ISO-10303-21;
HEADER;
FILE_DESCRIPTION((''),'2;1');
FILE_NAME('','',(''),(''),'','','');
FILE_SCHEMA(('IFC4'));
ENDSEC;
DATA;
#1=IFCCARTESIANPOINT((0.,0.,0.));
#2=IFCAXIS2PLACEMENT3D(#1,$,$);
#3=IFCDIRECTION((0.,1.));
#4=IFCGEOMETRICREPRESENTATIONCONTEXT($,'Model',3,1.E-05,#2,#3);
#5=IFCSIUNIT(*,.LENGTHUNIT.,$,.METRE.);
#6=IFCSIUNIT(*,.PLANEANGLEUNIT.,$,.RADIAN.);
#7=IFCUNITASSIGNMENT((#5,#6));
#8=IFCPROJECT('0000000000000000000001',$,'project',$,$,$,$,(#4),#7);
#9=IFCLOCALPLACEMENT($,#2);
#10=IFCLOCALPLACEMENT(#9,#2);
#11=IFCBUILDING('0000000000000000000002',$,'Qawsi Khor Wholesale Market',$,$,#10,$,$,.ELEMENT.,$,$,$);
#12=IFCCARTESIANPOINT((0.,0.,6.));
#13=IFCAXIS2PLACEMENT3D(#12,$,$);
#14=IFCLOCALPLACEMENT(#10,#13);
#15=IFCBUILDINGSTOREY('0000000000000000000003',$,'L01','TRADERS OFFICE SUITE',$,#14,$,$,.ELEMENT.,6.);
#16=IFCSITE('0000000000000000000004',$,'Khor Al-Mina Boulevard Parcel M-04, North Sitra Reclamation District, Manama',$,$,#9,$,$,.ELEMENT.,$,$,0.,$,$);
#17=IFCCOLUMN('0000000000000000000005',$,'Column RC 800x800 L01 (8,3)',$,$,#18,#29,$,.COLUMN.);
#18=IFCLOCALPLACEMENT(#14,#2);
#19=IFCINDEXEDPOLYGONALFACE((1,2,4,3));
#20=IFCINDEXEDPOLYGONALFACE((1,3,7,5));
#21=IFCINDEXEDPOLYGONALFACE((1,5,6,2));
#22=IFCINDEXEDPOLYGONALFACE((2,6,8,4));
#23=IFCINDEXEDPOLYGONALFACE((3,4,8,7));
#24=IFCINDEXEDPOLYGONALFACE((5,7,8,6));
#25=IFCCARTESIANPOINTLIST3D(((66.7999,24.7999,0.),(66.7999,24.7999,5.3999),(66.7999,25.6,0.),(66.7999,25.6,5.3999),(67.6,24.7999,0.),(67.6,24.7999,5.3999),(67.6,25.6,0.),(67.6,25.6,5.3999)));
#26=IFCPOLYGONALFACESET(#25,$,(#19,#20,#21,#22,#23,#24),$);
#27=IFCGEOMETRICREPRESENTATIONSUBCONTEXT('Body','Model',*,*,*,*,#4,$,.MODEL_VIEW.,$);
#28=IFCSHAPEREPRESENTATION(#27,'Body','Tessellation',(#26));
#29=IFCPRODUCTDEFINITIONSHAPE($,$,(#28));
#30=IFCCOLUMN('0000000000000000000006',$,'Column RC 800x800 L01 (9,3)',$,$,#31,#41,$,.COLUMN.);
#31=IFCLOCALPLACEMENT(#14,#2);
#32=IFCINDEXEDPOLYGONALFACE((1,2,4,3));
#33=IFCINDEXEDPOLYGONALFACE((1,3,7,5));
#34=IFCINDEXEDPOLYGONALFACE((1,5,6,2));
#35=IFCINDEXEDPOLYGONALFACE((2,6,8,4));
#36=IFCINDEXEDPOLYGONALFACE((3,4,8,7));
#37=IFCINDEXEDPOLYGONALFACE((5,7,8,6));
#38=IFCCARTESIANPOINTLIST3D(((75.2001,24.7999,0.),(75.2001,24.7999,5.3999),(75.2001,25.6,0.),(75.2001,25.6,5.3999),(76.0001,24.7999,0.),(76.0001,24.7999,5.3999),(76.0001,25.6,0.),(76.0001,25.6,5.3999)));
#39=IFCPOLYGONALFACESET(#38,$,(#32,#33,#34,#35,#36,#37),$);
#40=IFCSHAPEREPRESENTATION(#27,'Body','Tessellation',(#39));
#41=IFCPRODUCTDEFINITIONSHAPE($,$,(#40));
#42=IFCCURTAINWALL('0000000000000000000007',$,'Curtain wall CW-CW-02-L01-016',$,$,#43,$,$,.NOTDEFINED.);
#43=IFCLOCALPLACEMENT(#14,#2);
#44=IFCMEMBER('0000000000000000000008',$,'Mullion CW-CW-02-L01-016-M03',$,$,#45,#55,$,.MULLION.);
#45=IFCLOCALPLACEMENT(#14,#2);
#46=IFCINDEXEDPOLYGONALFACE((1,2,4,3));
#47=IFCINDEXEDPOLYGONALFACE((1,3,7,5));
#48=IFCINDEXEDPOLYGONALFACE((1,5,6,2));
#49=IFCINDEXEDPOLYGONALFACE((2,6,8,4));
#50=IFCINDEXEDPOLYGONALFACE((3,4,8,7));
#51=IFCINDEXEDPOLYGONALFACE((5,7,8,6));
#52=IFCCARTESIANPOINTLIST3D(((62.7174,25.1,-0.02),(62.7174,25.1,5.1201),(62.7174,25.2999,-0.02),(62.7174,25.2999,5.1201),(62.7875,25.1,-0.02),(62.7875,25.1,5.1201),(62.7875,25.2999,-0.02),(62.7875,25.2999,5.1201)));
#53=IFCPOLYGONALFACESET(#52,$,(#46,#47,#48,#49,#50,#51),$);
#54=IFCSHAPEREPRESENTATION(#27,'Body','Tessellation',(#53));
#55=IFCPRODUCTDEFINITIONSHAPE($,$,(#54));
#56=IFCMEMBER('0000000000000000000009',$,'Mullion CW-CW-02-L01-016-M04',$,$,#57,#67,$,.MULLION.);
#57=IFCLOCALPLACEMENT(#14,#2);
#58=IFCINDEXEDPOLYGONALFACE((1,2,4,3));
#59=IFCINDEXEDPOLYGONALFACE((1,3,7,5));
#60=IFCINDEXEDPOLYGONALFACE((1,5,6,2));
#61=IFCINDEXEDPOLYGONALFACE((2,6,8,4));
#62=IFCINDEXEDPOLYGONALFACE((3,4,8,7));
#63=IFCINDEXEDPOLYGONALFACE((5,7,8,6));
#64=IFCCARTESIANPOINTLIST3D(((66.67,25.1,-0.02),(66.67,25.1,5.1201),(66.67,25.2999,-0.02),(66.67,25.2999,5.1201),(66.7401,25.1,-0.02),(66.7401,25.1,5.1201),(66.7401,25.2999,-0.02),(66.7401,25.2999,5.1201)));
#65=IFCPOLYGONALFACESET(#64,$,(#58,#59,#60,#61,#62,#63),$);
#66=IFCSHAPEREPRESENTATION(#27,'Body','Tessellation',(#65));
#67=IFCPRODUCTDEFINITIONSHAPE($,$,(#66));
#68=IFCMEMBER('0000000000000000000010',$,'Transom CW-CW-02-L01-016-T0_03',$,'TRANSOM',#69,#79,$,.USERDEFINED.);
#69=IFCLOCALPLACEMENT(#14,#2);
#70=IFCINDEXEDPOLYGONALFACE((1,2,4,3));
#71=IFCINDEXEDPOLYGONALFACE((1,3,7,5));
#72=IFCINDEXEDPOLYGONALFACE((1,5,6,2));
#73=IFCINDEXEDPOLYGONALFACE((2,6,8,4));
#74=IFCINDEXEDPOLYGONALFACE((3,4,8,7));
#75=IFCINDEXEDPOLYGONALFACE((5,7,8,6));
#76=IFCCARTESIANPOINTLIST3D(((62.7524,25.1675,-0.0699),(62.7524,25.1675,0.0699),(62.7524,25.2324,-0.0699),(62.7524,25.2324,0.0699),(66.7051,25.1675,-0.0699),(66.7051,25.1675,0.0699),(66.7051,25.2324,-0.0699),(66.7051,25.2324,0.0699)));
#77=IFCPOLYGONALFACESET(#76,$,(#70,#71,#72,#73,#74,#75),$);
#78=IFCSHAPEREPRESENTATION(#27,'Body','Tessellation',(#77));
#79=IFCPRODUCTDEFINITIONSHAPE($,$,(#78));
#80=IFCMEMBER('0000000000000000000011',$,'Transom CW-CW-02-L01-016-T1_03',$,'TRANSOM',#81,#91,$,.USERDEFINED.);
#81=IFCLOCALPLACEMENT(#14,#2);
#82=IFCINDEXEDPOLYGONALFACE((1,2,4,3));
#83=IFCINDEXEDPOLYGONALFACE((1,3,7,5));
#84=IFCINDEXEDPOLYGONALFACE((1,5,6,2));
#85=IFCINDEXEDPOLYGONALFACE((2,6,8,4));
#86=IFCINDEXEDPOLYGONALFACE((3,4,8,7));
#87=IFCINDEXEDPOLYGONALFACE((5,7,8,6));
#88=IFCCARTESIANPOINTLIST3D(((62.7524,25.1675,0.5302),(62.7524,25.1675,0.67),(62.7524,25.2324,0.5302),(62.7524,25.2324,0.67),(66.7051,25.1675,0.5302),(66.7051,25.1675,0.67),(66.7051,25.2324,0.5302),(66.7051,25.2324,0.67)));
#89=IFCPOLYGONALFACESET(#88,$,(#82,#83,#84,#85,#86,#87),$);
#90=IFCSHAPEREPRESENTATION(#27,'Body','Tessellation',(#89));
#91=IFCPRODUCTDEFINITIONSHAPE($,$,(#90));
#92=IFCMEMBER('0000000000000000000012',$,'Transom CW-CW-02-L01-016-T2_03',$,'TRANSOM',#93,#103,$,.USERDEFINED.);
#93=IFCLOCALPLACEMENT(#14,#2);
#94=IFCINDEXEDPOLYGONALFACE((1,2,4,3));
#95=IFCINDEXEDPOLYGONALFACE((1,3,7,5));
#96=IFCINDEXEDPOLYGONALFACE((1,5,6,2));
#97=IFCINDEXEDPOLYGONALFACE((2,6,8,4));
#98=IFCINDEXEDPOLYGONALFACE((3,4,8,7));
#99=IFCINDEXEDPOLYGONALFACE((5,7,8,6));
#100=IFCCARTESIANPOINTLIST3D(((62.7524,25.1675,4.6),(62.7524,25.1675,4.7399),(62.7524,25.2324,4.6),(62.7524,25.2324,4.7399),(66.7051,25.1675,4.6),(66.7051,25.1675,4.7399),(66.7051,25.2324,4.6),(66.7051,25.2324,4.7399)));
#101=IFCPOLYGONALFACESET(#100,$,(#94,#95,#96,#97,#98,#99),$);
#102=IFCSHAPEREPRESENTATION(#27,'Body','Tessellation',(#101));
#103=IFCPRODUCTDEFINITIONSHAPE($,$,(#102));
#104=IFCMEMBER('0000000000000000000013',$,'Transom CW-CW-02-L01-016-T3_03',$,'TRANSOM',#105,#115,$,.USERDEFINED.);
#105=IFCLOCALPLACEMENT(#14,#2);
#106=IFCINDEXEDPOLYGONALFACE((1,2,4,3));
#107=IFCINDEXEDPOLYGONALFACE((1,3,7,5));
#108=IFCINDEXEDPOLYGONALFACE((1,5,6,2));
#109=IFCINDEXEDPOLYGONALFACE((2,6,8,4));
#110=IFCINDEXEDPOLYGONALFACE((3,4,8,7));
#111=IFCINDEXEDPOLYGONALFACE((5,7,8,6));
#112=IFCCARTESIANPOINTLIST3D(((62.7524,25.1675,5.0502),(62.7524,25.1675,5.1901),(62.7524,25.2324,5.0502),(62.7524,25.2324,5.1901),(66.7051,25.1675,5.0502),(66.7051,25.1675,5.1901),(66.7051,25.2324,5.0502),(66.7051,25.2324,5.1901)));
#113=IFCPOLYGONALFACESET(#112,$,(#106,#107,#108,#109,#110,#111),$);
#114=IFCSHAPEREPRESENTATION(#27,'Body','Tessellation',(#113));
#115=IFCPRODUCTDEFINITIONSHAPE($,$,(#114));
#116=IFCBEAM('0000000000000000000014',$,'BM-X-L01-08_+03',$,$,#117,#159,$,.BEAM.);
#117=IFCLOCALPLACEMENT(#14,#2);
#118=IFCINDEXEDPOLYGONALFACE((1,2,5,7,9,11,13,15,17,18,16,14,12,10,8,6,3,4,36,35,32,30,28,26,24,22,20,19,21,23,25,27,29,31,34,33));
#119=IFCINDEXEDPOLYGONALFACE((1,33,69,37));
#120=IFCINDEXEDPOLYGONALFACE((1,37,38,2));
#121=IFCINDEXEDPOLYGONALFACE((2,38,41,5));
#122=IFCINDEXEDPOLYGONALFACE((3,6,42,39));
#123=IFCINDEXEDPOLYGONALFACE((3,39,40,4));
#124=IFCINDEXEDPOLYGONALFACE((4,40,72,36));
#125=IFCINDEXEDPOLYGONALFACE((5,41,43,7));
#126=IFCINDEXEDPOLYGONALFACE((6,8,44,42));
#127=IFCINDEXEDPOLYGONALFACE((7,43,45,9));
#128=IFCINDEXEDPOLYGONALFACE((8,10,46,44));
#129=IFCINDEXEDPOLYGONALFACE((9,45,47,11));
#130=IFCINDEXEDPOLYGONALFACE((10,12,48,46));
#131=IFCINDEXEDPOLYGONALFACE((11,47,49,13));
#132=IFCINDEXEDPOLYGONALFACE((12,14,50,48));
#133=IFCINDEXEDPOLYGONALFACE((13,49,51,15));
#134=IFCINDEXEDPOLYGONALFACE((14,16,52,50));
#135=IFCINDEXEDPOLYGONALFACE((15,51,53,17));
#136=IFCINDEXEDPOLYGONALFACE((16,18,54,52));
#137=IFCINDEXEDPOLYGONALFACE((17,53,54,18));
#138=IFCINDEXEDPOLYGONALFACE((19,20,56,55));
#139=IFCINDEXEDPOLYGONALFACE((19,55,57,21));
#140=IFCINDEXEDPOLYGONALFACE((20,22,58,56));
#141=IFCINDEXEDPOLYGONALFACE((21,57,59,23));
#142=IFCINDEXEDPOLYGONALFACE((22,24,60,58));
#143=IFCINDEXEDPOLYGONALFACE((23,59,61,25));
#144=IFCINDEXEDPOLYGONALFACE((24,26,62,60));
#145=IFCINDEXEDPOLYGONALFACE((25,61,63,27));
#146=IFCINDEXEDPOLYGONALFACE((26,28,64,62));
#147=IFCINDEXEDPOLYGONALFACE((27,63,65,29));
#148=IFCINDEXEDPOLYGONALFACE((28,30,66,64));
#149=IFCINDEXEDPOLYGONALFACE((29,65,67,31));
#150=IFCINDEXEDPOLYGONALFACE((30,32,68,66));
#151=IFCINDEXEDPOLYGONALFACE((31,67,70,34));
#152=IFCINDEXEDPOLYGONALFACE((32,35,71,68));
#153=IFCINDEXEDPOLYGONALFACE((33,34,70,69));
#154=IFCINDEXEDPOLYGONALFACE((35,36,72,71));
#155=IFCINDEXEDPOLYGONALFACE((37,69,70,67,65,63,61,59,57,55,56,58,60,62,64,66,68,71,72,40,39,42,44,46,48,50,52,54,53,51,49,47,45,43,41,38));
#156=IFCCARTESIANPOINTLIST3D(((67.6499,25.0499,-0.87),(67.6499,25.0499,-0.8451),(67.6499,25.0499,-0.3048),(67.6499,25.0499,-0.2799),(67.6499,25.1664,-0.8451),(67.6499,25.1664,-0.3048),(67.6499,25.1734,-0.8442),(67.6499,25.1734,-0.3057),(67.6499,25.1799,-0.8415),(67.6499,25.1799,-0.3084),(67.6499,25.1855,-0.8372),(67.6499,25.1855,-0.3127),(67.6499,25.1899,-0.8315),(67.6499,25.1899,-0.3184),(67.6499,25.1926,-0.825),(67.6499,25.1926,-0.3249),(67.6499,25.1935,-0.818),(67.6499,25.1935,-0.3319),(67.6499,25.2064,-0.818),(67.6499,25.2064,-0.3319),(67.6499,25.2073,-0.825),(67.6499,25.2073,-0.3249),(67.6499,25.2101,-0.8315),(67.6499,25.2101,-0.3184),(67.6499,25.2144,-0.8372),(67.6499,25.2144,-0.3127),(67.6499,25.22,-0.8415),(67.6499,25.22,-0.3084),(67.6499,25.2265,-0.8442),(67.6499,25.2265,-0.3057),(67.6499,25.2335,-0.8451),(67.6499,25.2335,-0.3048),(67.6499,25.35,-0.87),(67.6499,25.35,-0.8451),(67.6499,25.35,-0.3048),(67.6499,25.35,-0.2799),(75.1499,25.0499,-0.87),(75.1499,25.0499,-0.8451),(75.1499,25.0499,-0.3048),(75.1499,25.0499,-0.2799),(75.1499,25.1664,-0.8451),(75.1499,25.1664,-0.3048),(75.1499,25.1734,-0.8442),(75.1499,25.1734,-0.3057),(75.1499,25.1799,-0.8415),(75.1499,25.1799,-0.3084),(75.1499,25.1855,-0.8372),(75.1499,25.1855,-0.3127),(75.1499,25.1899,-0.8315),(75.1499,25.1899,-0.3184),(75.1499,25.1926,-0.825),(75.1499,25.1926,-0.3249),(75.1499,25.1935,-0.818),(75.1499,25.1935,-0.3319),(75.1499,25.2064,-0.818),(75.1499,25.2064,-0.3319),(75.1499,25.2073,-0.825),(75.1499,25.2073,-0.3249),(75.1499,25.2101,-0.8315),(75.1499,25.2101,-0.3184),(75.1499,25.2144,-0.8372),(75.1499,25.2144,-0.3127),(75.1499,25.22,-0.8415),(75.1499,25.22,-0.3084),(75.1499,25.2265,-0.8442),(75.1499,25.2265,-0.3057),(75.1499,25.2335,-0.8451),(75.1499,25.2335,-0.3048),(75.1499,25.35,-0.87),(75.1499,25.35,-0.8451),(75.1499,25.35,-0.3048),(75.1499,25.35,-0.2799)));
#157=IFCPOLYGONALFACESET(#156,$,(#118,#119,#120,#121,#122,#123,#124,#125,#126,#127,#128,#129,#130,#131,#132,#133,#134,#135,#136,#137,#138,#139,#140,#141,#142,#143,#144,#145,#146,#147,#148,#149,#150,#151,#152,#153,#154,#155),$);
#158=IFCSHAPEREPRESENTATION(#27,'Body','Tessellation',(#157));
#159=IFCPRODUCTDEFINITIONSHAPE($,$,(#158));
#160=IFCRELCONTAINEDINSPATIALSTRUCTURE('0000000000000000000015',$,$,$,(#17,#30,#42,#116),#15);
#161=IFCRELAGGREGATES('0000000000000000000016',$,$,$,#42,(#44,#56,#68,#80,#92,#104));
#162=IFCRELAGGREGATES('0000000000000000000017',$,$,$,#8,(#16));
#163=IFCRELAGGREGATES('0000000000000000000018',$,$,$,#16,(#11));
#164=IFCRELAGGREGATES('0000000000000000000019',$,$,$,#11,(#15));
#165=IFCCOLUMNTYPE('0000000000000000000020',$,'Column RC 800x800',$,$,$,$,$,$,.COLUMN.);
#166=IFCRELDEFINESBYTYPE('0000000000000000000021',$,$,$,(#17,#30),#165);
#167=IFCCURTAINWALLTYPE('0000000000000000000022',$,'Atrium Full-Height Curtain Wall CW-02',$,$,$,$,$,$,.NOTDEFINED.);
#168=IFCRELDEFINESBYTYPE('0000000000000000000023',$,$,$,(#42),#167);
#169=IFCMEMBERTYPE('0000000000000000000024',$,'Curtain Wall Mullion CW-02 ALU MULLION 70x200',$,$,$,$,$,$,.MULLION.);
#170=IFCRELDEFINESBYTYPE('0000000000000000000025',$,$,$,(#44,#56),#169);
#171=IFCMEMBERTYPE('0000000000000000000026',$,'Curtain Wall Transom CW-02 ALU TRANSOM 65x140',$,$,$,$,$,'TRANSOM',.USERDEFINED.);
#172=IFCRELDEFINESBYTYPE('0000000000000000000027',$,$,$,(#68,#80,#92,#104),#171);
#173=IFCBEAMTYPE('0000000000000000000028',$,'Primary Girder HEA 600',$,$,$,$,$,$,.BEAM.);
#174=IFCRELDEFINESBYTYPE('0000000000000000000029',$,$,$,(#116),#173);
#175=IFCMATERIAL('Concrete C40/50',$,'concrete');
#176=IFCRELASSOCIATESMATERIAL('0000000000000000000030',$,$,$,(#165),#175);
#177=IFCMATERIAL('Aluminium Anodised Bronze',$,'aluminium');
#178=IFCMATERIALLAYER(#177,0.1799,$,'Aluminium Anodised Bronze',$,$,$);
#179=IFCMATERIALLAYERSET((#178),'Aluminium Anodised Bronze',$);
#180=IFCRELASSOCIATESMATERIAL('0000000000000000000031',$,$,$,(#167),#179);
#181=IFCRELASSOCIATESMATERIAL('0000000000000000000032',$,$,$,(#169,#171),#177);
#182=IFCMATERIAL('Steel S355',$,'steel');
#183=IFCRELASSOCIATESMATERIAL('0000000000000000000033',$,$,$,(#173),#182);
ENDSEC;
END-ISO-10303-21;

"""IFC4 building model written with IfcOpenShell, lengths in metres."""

from ifc_helpers import new_model, si_unit, direction, frame, origin, origin_2d, place, context, subcontext, project, spatial, rectangle, i_section, extrude, material, layer, layer_set, material_profile, profile_set, type_object, element, aggregate, save


model = new_model("IFC4")

# Units and contexts
model_context = context("Model", 3, precision=1e-05, world=origin(), true_north=direction((0.0, 1.0)))
body_context = subcontext(model_context, "Body", "Model", "MODEL_VIEW")
ifc_project = project(units=[si_unit("LENGTHUNIT", "METRE"), si_unit("PLANEANGLEUNIT", "RADIAN")], contexts=[model_context])

# Site, building, storey
site_placement = place(None, origin())
site = spatial("IfcSite", under=ifc_project, at=site_placement, Name="Khor Al-Mina Boulevard Parcel M-04, North Sitra Reclamation District, Manama", CompositionType="ELEMENT", RefElevation=0.0)
building_placement = place(site_placement, origin())
building = spatial("IfcBuilding", under=site, at=building_placement, Name="Qawsi Khor Wholesale Market", CompositionType="ELEMENT")
storey_placement = place(building_placement, frame((0.0, 0.0, 6.0)))
storey = spatial("IfcBuildingStorey", under=building, at=storey_placement, Name="L01", Description="TRADERS OFFICE SUITE", CompositionType="ELEMENT", Elevation=6.0)

# Columns
ifc_material_1 = material(Name="Concrete C40/50", Category="concrete")
ifc_material_profile_1 = material_profile(ifc_material_1, rectangle(XDim=0.8, YDim=0.8, at=origin_2d()), Name="RC 800x800")
ifc_profile_set_1 = profile_set([ifc_material_profile_1], Name="Concrete C40/50")
column_type = type_object("IfcColumnType", Name="Column RC 800x800", PredefinedType="COLUMN", material=ifc_profile_set_1)
for number, where, z_axis, x_axis, name in (
    (1, (67.2, 25.2, 0.0), (0.0, 0.0, 1.0), (1.0, 0.0, 0.0), "Column RC 800x800 L01 (8,3)"),
    (2, (75.6001, 25.2, 0.0), (0.0, 0.0, 1.0), (1.0, 0.0, 0.0), "Column RC 800x800 L01 (9,3)"),
):
    element("IfcColumn", number, at=place(storey_placement, frame(where, z_axis=z_axis, x_axis=x_axis)), inside=storey, type_object=column_type, Name=name, PredefinedType="COLUMN", context=body_context, shape_type="SweptSolid", body=[
        extrude(rectangle(XDim=0.8, YDim=0.8, at=origin_2d()), origin(), (0.0, 0.0, 1.0), 5.3999),
    ])

# Curtain wall, members
ifc_material_2 = material(Name="Aluminium Anodised Bronze", Category="aluminium")
ifc_layer_1 = layer(ifc_material_2, 0.1799, Name="Aluminium Anodised Bronze")
ifc_layer_set_1 = layer_set([ifc_layer_1], Name="Aluminium Anodised Bronze")
curtain_wall_type = type_object("IfcCurtainWallType", Name="Atrium Full-Height Curtain Wall CW-02", PredefinedType="NOTDEFINED", material=ifc_layer_set_1)
curtain_wall_placement = place(storey_placement, origin())
curtain_wall = element("IfcCurtainWall", 3, at=curtain_wall_placement, inside=storey, type_object=curtain_wall_type, Name="Curtain wall CW-CW-02-L01-016", PredefinedType="NOTDEFINED")
ifc_material_profile_2 = material_profile(ifc_material_2, rectangle(XDim=0.0701, YDim=0.2, at=origin_2d()), Name="ALU MULLION 70x200")
ifc_profile_set_2 = profile_set([ifc_material_profile_2], Name="Aluminium Anodised Bronze")
member_type_1 = type_object("IfcMemberType", Name="Curtain Wall Mullion CW-02 ALU MULLION 70x200", PredefinedType="MULLION", material=ifc_profile_set_2)
member_1_placement = place(storey_placement, frame((62.7524, 25.2, -0.02), z_axis=(0.0, 0.0, 1.0), x_axis=(1.0, 0.0, 0.0)))
member_1 = element("IfcMember", 4, at=member_1_placement, type_object=member_type_1, Name="Mullion CW-CW-02-L01-016-M03", PredefinedType="MULLION", context=body_context, shape_type="SweptSolid", body=[
    extrude(rectangle(XDim=0.0701, YDim=0.2, at=origin_2d()), origin(), (0.0, 0.0, 1.0), 5.1401),
])
member_2_placement = place(storey_placement, frame((66.7051, 25.2, -0.02), z_axis=(0.0, 0.0, 1.0), x_axis=(1.0, 0.0, 0.0)))
member_2 = element("IfcMember", 5, at=member_2_placement, type_object=member_type_1, Name="Mullion CW-CW-02-L01-016-M04", PredefinedType="MULLION", context=body_context, shape_type="SweptSolid", body=[
    extrude(rectangle(XDim=0.0701, YDim=0.2, at=origin_2d()), origin(), (0.0, 0.0, 1.0), 5.1401),
])
ifc_material_profile_3 = material_profile(ifc_material_2, rectangle(XDim=0.0649, YDim=0.1399, at=origin_2d()), Name="ALU TRANSOM 65x140")
ifc_profile_set_3 = profile_set([ifc_material_profile_3], Name="Aluminium Anodised Bronze")
member_type_2 = type_object("IfcMemberType", Name="Curtain Wall Transom CW-02 ALU TRANSOM 65x140", ElementType="TRANSOM", PredefinedType="USERDEFINED", material=ifc_profile_set_3)
member_3_placement = place(storey_placement, frame((62.7524, 25.2, 0.0), z_axis=(1.0, 0.0, 0.0), x_axis=(0.0, 1.0, 0.0)))
member_3 = element("IfcMember", 6, at=member_3_placement, type_object=member_type_2, Name="Transom CW-CW-02-L01-016-T0_03", ObjectType="TRANSOM", PredefinedType="USERDEFINED", context=body_context, shape_type="SweptSolid", body=[
    extrude(rectangle(XDim=0.0649, YDim=0.1399, at=origin_2d()), origin(), (0.0, 0.0, 1.0), 3.9526),
])
member_4_placement = place(storey_placement, frame((62.7524, 25.2, 0.6001), z_axis=(1.0, 0.0, 0.0), x_axis=(0.0, 1.0, 0.0)))
member_4 = element("IfcMember", 7, at=member_4_placement, type_object=member_type_2, Name="Transom CW-CW-02-L01-016-T1_03", ObjectType="TRANSOM", PredefinedType="USERDEFINED", context=body_context, shape_type="SweptSolid", body=[
    extrude(rectangle(XDim=0.0649, YDim=0.1399, at=origin_2d()), origin(), (0.0, 0.0, 1.0), 3.9526),
])
member_5_placement = place(storey_placement, frame((62.7524, 25.2, 4.6699), z_axis=(1.0, 0.0, 0.0), x_axis=(0.0, 1.0, 0.0)))
member_5 = element("IfcMember", 8, at=member_5_placement, type_object=member_type_2, Name="Transom CW-CW-02-L01-016-T2_03", ObjectType="TRANSOM", PredefinedType="USERDEFINED", context=body_context, shape_type="SweptSolid", body=[
    extrude(rectangle(XDim=0.0649, YDim=0.1399, at=origin_2d()), origin(), (0.0, 0.0, 1.0), 3.9526),
])
member_6_placement = place(storey_placement, frame((62.7524, 25.2, 5.1201), z_axis=(1.0, 0.0, 0.0), x_axis=(0.0, 1.0, 0.0)))
member_6 = element("IfcMember", 9, at=member_6_placement, type_object=member_type_2, Name="Transom CW-CW-02-L01-016-T3_03", ObjectType="TRANSOM", PredefinedType="USERDEFINED", context=body_context, shape_type="SweptSolid", body=[
    extrude(rectangle(XDim=0.0649, YDim=0.1399, at=origin_2d()), origin(), (0.0, 0.0, 1.0), 3.9526),
])

# Beam
ifc_material_3 = material(Name="Steel S355", Category="steel")
ifc_material_profile_4 = material_profile(ifc_material_3, i_section(OverallWidth=0.3, OverallDepth=0.5901, WebThickness=0.0129, FlangeThickness=0.0249, FilletRadius=0.0271, at=origin_2d()), Name="HEA 600")
ifc_profile_set_4 = profile_set([ifc_material_profile_4], Name="Steel S355")
beam_type_1 = type_object("IfcBeamType", Name="Primary Girder HEA 600", PredefinedType="BEAM", material=ifc_profile_set_4)
for number, where, z_axis, x_axis, name in (
    (10, (67.6499, 25.2, -0.575), (1.0, 0.0, 0.0), (0.0, 1.0, 0.0), "BM-X-L01-08_+03"),
):
    element("IfcBeam", number, at=place(storey_placement, frame(where, z_axis=z_axis, x_axis=x_axis)), inside=storey, type_object=beam_type_1, Name=name, PredefinedType="BEAM", context=body_context, shape_type="SweptSolid", body=[
        extrude(i_section(OverallWidth=0.3, OverallDepth=0.5901, WebThickness=0.0129, FlangeThickness=0.0249, FilletRadius=0.0271, at=origin_2d()), origin(), (0.0, 0.0, 1.0), 7.5),
    ])

aggregate(curtain_wall, [member_1, member_2, member_3, member_4, member_5, member_6])

save(model, "model.ifc")
